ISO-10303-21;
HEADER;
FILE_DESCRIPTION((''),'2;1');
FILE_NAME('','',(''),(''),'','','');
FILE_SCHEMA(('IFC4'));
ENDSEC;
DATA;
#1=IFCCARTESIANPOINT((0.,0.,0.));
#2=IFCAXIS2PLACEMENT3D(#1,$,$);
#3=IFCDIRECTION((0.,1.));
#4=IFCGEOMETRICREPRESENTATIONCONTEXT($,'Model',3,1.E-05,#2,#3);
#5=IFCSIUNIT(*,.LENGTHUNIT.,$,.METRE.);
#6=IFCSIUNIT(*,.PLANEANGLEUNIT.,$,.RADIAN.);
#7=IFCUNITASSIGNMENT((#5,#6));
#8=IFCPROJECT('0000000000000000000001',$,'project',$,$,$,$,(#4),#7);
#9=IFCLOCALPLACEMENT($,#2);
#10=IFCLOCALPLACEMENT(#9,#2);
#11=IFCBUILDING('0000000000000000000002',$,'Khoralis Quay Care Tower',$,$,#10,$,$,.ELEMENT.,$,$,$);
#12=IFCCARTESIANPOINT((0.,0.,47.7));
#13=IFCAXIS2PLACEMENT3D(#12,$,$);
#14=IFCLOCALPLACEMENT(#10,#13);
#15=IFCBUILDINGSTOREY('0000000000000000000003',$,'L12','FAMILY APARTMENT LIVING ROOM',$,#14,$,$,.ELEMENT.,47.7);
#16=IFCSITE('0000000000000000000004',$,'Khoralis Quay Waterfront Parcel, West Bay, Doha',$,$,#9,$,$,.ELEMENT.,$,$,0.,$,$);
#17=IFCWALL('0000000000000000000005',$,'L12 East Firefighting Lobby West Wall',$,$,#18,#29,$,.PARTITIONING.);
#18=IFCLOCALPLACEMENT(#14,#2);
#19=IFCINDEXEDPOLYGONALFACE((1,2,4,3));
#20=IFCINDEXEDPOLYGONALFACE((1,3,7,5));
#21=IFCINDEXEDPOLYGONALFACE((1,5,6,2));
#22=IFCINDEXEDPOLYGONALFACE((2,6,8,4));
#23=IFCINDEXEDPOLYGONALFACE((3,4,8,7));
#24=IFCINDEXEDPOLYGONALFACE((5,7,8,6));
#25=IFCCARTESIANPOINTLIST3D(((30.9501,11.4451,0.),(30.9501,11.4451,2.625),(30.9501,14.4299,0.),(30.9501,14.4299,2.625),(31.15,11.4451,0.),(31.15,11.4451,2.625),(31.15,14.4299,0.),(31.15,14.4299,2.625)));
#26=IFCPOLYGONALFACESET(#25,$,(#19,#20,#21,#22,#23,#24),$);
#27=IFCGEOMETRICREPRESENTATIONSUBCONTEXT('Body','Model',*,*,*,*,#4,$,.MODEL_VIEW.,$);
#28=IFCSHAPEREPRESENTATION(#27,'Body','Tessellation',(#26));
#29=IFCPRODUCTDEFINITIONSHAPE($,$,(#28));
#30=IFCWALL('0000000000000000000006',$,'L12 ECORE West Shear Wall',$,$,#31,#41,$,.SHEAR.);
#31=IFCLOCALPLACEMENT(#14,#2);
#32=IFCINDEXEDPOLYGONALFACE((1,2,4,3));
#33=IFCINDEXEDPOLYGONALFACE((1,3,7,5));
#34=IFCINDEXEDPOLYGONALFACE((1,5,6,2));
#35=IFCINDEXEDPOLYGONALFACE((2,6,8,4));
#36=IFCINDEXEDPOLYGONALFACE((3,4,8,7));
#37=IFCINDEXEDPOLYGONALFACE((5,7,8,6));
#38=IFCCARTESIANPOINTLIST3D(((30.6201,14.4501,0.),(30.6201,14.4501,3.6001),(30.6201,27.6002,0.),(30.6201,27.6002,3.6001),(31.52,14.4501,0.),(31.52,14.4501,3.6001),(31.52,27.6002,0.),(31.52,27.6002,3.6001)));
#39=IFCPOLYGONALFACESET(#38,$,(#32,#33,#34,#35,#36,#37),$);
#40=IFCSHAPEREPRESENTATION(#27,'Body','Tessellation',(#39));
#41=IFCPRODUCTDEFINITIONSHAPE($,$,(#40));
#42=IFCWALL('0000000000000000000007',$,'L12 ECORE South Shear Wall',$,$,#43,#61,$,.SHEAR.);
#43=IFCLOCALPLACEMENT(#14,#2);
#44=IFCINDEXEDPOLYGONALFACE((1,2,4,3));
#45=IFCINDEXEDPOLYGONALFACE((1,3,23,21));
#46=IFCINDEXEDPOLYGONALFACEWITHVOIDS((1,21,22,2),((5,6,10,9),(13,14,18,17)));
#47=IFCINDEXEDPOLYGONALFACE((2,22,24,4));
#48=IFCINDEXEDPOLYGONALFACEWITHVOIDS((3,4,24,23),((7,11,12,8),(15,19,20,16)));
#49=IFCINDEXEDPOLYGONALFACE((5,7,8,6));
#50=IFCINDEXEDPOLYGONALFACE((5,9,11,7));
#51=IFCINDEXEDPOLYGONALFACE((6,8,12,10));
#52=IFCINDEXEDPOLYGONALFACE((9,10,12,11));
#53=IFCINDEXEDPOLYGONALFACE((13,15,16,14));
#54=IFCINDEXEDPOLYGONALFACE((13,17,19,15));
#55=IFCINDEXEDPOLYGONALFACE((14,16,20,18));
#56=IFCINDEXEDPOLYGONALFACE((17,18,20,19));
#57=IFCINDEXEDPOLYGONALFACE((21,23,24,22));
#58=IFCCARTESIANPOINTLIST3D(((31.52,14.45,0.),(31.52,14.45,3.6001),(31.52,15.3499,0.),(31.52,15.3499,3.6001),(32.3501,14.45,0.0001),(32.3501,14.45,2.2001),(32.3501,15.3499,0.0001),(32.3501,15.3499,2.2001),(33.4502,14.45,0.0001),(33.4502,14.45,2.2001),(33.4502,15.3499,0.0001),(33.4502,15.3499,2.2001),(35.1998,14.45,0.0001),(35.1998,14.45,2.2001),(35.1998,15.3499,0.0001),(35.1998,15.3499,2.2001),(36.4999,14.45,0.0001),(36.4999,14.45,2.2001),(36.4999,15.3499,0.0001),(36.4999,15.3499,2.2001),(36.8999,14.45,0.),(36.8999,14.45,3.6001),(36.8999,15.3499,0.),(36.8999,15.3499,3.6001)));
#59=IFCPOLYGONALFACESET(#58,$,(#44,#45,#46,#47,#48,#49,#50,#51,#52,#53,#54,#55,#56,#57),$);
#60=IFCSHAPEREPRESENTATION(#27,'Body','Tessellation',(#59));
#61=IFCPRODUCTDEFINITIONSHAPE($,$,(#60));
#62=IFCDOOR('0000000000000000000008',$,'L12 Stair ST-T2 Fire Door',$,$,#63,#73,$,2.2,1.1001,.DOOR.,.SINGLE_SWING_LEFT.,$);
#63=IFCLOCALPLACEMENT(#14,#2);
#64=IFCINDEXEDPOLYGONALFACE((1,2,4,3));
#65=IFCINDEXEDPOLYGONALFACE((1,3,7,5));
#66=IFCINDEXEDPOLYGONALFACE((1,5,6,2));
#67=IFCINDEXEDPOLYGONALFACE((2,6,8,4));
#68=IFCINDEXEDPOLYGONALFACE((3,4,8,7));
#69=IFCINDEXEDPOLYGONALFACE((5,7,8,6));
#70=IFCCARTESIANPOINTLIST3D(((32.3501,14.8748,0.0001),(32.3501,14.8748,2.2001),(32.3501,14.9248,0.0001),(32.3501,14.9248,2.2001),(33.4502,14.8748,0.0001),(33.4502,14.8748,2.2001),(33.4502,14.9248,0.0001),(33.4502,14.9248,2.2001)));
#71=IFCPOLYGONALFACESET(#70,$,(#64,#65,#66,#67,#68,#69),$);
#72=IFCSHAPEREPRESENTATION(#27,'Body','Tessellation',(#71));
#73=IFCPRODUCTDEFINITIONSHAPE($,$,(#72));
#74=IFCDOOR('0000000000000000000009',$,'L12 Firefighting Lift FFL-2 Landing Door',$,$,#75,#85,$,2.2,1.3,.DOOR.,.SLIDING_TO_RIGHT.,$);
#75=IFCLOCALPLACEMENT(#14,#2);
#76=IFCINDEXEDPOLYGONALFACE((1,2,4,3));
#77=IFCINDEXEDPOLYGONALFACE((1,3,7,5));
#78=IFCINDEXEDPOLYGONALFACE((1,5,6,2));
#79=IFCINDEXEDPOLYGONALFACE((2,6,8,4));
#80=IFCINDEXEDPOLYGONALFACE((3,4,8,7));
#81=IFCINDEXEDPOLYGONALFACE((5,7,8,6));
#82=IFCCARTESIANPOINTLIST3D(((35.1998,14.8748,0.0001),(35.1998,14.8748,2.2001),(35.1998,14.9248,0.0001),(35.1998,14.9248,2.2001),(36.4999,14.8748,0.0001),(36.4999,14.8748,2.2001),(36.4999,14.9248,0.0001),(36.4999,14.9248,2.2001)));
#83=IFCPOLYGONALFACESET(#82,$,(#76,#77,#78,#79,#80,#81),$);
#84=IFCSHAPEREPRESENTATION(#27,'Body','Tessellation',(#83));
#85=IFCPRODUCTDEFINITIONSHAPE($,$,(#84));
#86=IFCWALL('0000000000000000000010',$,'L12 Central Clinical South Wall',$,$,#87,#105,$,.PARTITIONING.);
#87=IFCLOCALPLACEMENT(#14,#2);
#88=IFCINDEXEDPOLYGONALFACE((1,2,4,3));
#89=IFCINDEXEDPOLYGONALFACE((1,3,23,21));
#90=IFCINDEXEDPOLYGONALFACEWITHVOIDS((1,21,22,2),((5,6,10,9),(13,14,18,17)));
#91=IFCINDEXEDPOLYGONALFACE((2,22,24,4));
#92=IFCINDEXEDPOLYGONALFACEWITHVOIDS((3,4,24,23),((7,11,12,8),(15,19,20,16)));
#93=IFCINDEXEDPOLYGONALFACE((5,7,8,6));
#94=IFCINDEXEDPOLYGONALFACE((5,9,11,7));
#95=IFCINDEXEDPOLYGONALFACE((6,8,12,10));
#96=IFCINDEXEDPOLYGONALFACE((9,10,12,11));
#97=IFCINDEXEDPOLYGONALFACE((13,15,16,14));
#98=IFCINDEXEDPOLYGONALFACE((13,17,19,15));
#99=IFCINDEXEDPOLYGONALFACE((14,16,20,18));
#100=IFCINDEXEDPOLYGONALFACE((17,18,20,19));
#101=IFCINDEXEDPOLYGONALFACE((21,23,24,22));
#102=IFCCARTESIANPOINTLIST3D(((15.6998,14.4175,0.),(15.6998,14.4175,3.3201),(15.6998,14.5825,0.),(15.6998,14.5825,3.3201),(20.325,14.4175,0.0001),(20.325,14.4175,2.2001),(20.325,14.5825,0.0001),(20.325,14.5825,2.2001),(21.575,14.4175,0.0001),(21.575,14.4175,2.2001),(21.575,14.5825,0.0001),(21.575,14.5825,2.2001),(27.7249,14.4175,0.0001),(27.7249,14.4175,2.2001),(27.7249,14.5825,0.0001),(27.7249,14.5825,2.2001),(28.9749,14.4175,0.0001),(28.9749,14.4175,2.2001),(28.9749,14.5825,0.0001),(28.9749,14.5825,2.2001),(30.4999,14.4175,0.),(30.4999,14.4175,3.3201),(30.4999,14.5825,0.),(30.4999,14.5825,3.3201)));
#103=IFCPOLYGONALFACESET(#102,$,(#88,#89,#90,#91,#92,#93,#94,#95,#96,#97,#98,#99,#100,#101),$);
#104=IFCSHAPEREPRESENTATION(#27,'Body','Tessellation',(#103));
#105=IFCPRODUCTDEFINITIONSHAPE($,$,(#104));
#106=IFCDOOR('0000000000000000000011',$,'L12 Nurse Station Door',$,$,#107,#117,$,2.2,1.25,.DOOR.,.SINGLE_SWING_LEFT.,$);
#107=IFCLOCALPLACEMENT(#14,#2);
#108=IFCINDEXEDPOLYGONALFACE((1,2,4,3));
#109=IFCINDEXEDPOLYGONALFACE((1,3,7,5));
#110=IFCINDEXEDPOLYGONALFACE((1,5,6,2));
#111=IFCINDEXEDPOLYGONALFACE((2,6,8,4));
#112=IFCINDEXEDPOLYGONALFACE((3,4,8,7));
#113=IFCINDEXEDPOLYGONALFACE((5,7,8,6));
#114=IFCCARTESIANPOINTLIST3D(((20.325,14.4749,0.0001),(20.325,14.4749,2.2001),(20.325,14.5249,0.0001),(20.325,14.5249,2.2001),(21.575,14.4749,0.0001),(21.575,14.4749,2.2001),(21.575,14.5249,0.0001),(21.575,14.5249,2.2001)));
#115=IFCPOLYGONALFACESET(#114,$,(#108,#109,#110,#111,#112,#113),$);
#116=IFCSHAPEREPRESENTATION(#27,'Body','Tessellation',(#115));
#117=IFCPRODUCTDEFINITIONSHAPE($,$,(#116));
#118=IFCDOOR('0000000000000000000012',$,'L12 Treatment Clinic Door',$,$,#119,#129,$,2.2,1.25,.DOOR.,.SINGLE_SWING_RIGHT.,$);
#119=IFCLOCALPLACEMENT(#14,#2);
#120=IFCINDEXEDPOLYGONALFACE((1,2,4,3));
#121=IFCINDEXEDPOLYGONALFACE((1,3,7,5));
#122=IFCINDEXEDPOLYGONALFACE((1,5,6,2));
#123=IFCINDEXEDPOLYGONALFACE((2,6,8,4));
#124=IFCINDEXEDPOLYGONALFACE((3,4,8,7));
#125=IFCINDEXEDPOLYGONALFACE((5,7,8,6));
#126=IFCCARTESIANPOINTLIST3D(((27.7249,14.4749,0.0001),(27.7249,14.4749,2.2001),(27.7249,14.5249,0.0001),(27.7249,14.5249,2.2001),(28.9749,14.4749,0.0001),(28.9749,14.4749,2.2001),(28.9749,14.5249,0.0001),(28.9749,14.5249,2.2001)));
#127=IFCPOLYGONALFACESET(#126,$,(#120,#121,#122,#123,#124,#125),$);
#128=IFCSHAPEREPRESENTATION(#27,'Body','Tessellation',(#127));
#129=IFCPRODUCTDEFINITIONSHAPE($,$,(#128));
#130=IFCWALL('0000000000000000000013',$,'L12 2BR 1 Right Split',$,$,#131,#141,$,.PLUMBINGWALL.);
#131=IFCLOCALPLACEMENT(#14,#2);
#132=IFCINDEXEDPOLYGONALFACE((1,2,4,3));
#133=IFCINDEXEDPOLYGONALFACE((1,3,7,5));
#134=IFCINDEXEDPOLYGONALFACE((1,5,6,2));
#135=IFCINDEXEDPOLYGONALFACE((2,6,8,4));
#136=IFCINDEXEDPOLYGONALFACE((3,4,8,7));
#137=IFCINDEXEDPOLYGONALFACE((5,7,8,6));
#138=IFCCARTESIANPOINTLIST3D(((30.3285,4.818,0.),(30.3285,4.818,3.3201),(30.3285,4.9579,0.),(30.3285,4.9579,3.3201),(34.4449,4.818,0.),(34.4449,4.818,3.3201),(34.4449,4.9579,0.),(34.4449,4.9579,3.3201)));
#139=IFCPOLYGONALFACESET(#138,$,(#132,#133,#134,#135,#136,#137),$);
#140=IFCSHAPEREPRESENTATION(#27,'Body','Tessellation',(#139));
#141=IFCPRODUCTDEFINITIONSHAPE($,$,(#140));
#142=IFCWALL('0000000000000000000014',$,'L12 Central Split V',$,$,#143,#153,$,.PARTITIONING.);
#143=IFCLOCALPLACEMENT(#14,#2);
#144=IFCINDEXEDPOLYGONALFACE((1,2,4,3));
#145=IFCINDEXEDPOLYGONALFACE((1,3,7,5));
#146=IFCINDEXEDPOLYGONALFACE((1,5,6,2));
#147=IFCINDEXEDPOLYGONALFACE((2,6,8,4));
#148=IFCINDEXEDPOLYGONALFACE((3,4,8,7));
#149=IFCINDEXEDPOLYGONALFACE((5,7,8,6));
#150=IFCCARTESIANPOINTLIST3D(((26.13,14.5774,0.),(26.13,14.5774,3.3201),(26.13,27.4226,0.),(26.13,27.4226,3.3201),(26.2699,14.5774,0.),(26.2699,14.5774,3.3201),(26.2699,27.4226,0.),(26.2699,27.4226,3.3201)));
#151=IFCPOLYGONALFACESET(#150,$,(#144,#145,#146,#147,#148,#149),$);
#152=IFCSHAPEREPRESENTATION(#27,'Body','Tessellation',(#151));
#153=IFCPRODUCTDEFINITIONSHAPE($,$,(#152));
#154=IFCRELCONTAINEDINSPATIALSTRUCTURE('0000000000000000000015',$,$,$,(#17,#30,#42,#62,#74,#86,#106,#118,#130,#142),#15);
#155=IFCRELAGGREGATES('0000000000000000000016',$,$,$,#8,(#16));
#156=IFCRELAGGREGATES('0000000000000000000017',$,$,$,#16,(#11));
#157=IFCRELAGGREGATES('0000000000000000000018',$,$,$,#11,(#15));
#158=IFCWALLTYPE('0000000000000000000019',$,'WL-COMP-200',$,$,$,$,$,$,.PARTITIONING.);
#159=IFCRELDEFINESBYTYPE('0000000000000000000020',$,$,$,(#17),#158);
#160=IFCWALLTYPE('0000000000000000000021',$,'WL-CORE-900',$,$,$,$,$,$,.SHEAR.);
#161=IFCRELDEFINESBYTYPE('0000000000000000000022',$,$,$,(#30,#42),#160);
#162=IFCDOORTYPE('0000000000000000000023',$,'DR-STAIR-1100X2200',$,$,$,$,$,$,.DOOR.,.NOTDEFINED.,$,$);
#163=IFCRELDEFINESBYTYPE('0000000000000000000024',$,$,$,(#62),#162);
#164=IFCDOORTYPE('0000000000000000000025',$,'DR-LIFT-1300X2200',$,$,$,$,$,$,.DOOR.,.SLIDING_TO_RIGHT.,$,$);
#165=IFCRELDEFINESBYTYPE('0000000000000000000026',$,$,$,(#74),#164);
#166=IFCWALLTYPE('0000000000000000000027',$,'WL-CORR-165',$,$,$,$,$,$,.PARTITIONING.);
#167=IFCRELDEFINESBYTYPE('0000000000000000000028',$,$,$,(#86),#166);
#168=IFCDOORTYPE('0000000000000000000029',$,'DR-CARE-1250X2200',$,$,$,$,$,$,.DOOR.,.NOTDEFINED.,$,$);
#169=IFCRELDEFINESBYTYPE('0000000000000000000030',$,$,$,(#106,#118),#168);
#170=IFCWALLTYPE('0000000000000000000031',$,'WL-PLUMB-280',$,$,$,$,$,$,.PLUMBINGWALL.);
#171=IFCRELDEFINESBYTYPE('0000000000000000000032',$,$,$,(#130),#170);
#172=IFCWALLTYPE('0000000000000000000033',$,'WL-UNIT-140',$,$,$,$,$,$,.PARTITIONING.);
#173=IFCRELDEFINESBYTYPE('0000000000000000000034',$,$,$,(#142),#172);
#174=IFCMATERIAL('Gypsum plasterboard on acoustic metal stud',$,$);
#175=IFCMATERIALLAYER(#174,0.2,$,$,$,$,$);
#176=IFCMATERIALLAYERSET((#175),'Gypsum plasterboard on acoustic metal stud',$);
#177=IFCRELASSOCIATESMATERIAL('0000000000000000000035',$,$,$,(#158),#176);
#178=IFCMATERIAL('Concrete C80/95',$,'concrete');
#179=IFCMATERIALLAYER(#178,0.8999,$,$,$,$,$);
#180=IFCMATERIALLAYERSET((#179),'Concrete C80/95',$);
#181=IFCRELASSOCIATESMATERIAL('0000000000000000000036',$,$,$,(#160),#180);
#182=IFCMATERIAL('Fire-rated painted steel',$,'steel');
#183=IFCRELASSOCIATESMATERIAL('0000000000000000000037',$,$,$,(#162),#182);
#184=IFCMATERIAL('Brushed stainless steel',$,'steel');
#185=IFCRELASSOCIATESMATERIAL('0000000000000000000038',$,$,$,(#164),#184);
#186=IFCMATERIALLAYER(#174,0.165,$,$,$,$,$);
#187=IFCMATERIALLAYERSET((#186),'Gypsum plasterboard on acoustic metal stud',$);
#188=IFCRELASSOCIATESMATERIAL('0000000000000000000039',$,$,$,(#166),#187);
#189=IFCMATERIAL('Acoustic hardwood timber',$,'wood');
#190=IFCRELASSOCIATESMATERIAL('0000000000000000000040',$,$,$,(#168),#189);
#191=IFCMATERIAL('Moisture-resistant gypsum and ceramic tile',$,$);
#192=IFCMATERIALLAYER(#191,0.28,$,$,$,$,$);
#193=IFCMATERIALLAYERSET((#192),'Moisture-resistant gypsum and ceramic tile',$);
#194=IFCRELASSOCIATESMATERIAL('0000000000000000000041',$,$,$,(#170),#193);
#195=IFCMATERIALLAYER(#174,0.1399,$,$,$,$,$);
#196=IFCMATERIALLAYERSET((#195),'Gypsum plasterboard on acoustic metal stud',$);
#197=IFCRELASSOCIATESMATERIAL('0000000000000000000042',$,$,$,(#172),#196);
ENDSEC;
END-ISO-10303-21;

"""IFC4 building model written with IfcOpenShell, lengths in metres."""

from ifc_helpers import new_model, si_unit, direction, frame, frame_2d, origin, place, context, subcontext, project, spatial, rectangle, extrude, source, transform, mapped, material, layer, layer_set, type_object, element, fill, save


model = new_model("IFC4")

# Units and contexts
model_context = context("Model", 3, precision=1e-05, world=origin(), true_north=direction((0.0, 1.0)))
body_context = subcontext(model_context, "Body", "Model", "MODEL_VIEW")
ifc_project = project(units=[si_unit("LENGTHUNIT", "METRE"), si_unit("PLANEANGLEUNIT", "RADIAN")], contexts=[model_context])

# Site, building, storey
site_placement = place(None, origin())
site = spatial("IfcSite", under=ifc_project, at=site_placement, Name="Khoralis Quay Waterfront Parcel, West Bay, Doha", CompositionType="ELEMENT", RefElevation=0.0)
building_placement = place(site_placement, origin())
building = spatial("IfcBuilding", under=site, at=building_placement, Name="Khoralis Quay Care Tower", CompositionType="ELEMENT")
storey_placement = place(building_placement, frame((0.0, 0.0, 47.7)))
storey = spatial("IfcBuildingStorey", under=building, at=storey_placement, Name="L12", Description="FAMILY APARTMENT LIVING ROOM", CompositionType="ELEMENT", Elevation=47.7)

# Shared definitions
ifc_material_1 = material(Name="Concrete C80/95", Category="concrete")

# Shared definitions
ifc_material_2 = material(Name="Gypsum plasterboard on acoustic metal stud")
ifc_layer_1 = layer(ifc_material_2, 0.2)
ifc_layer_set_1 = layer_set([ifc_layer_1], Name="Gypsum plasterboard on acoustic metal stud")
wall_type_1 = type_object("IfcWallType", Name="WL-COMP-200", PredefinedType="PARTITIONING", material=ifc_layer_set_1)
ifc_material_3 = material(Name="Fire-rated painted steel", Category="steel")

# Walls
wall_1_placement = place(storey_placement, frame((31.05, 11.4451, 0.0), z_axis=(0.0, 0.0, 1.0), x_axis=(0.0, 1.0, 0.0)))
element("IfcWall", 1, at=wall_1_placement, inside=storey, type_object=wall_type_1, Name="L12 East Firefighting Lobby West Wall", PredefinedType="PARTITIONING", context=body_context, shape_type="SweptSolid", body=[
    extrude(rectangle(XDim=2.9849, YDim=0.2, at=frame_2d((1.4924, 0.0))), origin(), (0.0, 0.0, 1.0), 2.625),
])
ifc_layer_2 = layer(ifc_material_1, 0.8999)
ifc_layer_set_2 = layer_set([ifc_layer_2], Name="Concrete C80/95")
wall_type_2 = type_object("IfcWallType", Name="WL-CORE-900", PredefinedType="SHEAR", material=ifc_layer_set_2)
wall_2_placement = place(storey_placement, frame((31.0701, 14.45, 0.0), z_axis=(0.0, 0.0, 1.0), x_axis=(0.0, 1.0, 0.0)))
element("IfcWall", 2, at=wall_2_placement, inside=storey, type_object=wall_type_2, Name="L12 ECORE West Shear Wall", PredefinedType="SHEAR", context=body_context, shape_type="SweptSolid", body=[
    extrude(rectangle(XDim=13.1501, YDim=0.8999, at=frame_2d((6.5752, 0.0))), origin(), (0.0, 0.0, 1.0), 3.6001),
])

# Walls, openings, doors
wall_3_placement = place(storey_placement, frame((31.52, 14.8999, 0.0), z_axis=(0.0, 0.0, 1.0), x_axis=(1.0, 0.0, 0.0)))
wall_3 = element("IfcWall", 3, at=wall_3_placement, inside=storey, type_object=wall_type_2, Name="L12 ECORE South Shear Wall", PredefinedType="SHEAR", context=body_context, shape_type="SweptSolid", body=[
    extrude(rectangle(XDim=5.3799, YDim=0.8999, at=frame_2d((2.6899, 0.0))), origin(), (0.0, 0.0, 1.0), 3.6001),
])
opening_1_placement = place(wall_3_placement, frame((0.8301, 0.0, 0.0)))
opening_1 = element("IfcOpeningElement", 4, at=opening_1_placement, cuts=wall_3, PredefinedType="OPENING", context=body_context, shape_type="SweptSolid", body=[
    extrude(rectangle(XDim=1.1001, YDim=2.2, at=frame_2d((0.55, 1.1001))), frame((0.0, 0.46, 0.0), z_axis=(0.0, -1.0, 0.0), x_axis=(1.0, 0.0, 0.0)), (0.0, 0.0, 1.0), 0.9199),
])
opening_2_placement = place(wall_3_placement, frame((3.6799, 0.0, 0.0)))
opening_2 = element("IfcOpeningElement", 5, at=opening_2_placement, cuts=wall_3, PredefinedType="OPENING", context=body_context, shape_type="SweptSolid", body=[
    extrude(rectangle(XDim=1.3, YDim=2.2, at=frame_2d((0.6499, 1.1001))), frame((0.0, 0.46, 0.0), z_axis=(0.0, -1.0, 0.0), x_axis=(1.0, 0.0, 0.0)), (0.0, 0.0, 1.0), 0.9199),
])
door_type_1 = type_object("IfcDoorType", Name="DR-STAIR-1100X2200", OperationType="NOTDEFINED", PredefinedType="DOOR", material=ifc_material_3)
shared_shape_1 = source(origin(), body_context, "Body", "SweptSolid", [
    extrude(rectangle(XDim=1.1001, YDim=2.2, at=frame_2d((0.55, 1.1001))), frame((0.0, 0.0249, 0.0), z_axis=(0.0, -1.0, 0.0), x_axis=(1.0, 0.0, 0.0)), (0.0, 0.0, 1.0), 0.05),
])
door_1_placement = place(opening_1_placement, origin())
door_1 = element("IfcDoor", 6, at=door_1_placement, inside=storey, type_object=door_type_1, Name="L12 Stair ST-T2 Fire Door", OperationType="SINGLE_SWING_LEFT", OverallHeight=2.2, OverallWidth=1.1001, PredefinedType="DOOR", context=body_context, shape_type="MappedRepresentation", body=[
    mapped(shared_shape_1, transform((0.0, 0.0, 0.0), scale=1.0)),
])
fill(opening_1, door_1)
ifc_material_4 = material(Name="Brushed stainless steel", Category="steel")
door_type_2 = type_object("IfcDoorType", Name="DR-LIFT-1300X2200", OperationType="SLIDING_TO_RIGHT", PredefinedType="DOOR", material=ifc_material_4)
shared_shape_2 = source(origin(), body_context, "Body", "SweptSolid", [
    extrude(rectangle(XDim=1.3, YDim=2.2, at=frame_2d((0.6499, 1.1001))), frame((0.0, 0.0249, 0.0), z_axis=(0.0, -1.0, 0.0), x_axis=(1.0, 0.0, 0.0)), (0.0, 0.0, 1.0), 0.05),
])
door_2_placement = place(opening_2_placement, origin())
door_2 = element("IfcDoor", 7, at=door_2_placement, inside=storey, type_object=door_type_2, Name="L12 Firefighting Lift FFL-2 Landing Door", OperationType="SLIDING_TO_RIGHT", OverallHeight=2.2, OverallWidth=1.3, PredefinedType="DOOR", context=body_context, shape_type="MappedRepresentation", body=[
    mapped(shared_shape_2, transform((0.0, 0.0, 0.0), scale=1.0)),
])
fill(opening_2, door_2)
ifc_layer_3 = layer(ifc_material_2, 0.165)
ifc_layer_set_3 = layer_set([ifc_layer_3], Name="Gypsum plasterboard on acoustic metal stud")
wall_type_3 = type_object("IfcWallType", Name="WL-CORR-165", PredefinedType="PARTITIONING", material=ifc_layer_set_3)
wall_4_placement = place(storey_placement, frame((15.7, 14.5, 0.0), z_axis=(0.0, 0.0, 1.0), x_axis=(1.0, 0.0, 0.0)))
wall_4 = element("IfcWall", 8, at=wall_4_placement, inside=storey, type_object=wall_type_3, Name="L12 Central Clinical South Wall", PredefinedType="PARTITIONING", context=body_context, shape_type="SweptSolid", body=[
    extrude(rectangle(XDim=14.8, YDim=0.165, at=frame_2d((7.3999, 0.0))), origin(), (0.0, 0.0, 1.0), 3.3201),
])
opening_3_placement = place(wall_4_placement, frame((4.625, 0.0, 0.0)))
opening_3 = element("IfcOpeningElement", 9, at=opening_3_placement, cuts=wall_4, PredefinedType="OPENING", context=body_context, shape_type="SweptSolid", body=[
    extrude(rectangle(XDim=1.25, YDim=2.2, at=frame_2d((0.625, 1.1001))), frame((0.0, 0.0925, 0.0), z_axis=(0.0, -1.0, 0.0), x_axis=(1.0, 0.0, 0.0)), (0.0, 0.0, 1.0), 0.1851),
])
opening_4_placement = place(wall_4_placement, frame((12.0249, 0.0, 0.0)))
opening_4 = element("IfcOpeningElement", 10, at=opening_4_placement, cuts=wall_4, PredefinedType="OPENING", context=body_context, shape_type="SweptSolid", body=[
    extrude(rectangle(XDim=1.25, YDim=2.2, at=frame_2d((0.625, 1.1001))), frame((0.0, 0.0925, 0.0), z_axis=(0.0, -1.0, 0.0), x_axis=(1.0, 0.0, 0.0)), (0.0, 0.0, 1.0), 0.1851),
])
ifc_material_5 = material(Name="Acoustic hardwood timber", Category="wood")
door_type_3 = type_object("IfcDoorType", Name="DR-CARE-1250X2200", OperationType="NOTDEFINED", PredefinedType="DOOR", material=ifc_material_5)
shared_shape_3 = source(origin(), body_context, "Body", "SweptSolid", [
    extrude(rectangle(XDim=1.25, YDim=2.2, at=frame_2d((0.625, 1.1001))), frame((0.0, 0.0249, 0.0), z_axis=(0.0, -1.0, 0.0), x_axis=(1.0, 0.0, 0.0)), (0.0, 0.0, 1.0), 0.05),
])
door_3_placement = place(opening_3_placement, origin())
door_3 = element("IfcDoor", 11, at=door_3_placement, inside=storey, type_object=door_type_3, Name="L12 Nurse Station Door", OperationType="SINGLE_SWING_LEFT", OverallHeight=2.2, OverallWidth=1.25, PredefinedType="DOOR", context=body_context, shape_type="MappedRepresentation", body=[
    mapped(shared_shape_3, transform((0.0, 0.0, 0.0), scale=1.0)),
])
fill(opening_3, door_3)
door_4_placement = place(opening_4_placement, origin())
door_4 = element("IfcDoor", 12, at=door_4_placement, inside=storey, type_object=door_type_3, Name="L12 Treatment Clinic Door", OperationType="SINGLE_SWING_RIGHT", OverallHeight=2.2, OverallWidth=1.25, PredefinedType="DOOR", context=body_context, shape_type="MappedRepresentation", body=[
    mapped(shared_shape_3, transform((0.0, 0.0, 0.0), scale=1.0)),
])
fill(opening_4, door_4)

# Walls
ifc_material_6 = material(Name="Moisture-resistant gypsum and ceramic tile")
ifc_layer_4 = layer(ifc_material_6, 0.28)
ifc_layer_set_4 = layer_set([ifc_layer_4], Name="Moisture-resistant gypsum and ceramic tile")
wall_type_4 = type_object("IfcWallType", Name="WL-PLUMB-280", PredefinedType="PLUMBINGWALL", material=ifc_layer_set_4)
wall_5_placement = place(storey_placement, frame((30.3286, 4.8879, 0.0), z_axis=(0.0, 0.0, 1.0), x_axis=(1.0, 0.0, 0.0)))
element("IfcWall", 13, at=wall_5_placement, inside=storey, type_object=wall_type_4, Name="L12 2BR 1 Right Split", PredefinedType="PLUMBINGWALL", context=body_context, shape_type="SweptSolid", body=[
    extrude(rectangle(XDim=4.1165, YDim=0.1399, at=frame_2d((2.0581, 0.0))), origin(), (0.0, 0.0, 1.0), 3.3201),
])
ifc_layer_5 = layer(ifc_material_2, 0.1399)
ifc_layer_set_5 = layer_set([ifc_layer_5], Name="Gypsum plasterboard on acoustic metal stud")
wall_type_5 = type_object("IfcWallType", Name="WL-UNIT-140", PredefinedType="PARTITIONING", material=ifc_layer_set_5)
wall_6_placement = place(storey_placement, frame((26.2, 14.5774, 0.0), z_axis=(0.0, 0.0, 1.0), x_axis=(0.0, 1.0, 0.0)))
element("IfcWall", 14, at=wall_6_placement, inside=storey, type_object=wall_type_5, Name="L12 Central Split V", PredefinedType="PARTITIONING", context=body_context, shape_type="SweptSolid", body=[
    extrude(rectangle(XDim=12.8452, YDim=0.1399, at=frame_2d((6.4226, 0.0))), origin(), (0.0, 0.0, 1.0), 3.3201),
])

save(model, "model.ifc")
